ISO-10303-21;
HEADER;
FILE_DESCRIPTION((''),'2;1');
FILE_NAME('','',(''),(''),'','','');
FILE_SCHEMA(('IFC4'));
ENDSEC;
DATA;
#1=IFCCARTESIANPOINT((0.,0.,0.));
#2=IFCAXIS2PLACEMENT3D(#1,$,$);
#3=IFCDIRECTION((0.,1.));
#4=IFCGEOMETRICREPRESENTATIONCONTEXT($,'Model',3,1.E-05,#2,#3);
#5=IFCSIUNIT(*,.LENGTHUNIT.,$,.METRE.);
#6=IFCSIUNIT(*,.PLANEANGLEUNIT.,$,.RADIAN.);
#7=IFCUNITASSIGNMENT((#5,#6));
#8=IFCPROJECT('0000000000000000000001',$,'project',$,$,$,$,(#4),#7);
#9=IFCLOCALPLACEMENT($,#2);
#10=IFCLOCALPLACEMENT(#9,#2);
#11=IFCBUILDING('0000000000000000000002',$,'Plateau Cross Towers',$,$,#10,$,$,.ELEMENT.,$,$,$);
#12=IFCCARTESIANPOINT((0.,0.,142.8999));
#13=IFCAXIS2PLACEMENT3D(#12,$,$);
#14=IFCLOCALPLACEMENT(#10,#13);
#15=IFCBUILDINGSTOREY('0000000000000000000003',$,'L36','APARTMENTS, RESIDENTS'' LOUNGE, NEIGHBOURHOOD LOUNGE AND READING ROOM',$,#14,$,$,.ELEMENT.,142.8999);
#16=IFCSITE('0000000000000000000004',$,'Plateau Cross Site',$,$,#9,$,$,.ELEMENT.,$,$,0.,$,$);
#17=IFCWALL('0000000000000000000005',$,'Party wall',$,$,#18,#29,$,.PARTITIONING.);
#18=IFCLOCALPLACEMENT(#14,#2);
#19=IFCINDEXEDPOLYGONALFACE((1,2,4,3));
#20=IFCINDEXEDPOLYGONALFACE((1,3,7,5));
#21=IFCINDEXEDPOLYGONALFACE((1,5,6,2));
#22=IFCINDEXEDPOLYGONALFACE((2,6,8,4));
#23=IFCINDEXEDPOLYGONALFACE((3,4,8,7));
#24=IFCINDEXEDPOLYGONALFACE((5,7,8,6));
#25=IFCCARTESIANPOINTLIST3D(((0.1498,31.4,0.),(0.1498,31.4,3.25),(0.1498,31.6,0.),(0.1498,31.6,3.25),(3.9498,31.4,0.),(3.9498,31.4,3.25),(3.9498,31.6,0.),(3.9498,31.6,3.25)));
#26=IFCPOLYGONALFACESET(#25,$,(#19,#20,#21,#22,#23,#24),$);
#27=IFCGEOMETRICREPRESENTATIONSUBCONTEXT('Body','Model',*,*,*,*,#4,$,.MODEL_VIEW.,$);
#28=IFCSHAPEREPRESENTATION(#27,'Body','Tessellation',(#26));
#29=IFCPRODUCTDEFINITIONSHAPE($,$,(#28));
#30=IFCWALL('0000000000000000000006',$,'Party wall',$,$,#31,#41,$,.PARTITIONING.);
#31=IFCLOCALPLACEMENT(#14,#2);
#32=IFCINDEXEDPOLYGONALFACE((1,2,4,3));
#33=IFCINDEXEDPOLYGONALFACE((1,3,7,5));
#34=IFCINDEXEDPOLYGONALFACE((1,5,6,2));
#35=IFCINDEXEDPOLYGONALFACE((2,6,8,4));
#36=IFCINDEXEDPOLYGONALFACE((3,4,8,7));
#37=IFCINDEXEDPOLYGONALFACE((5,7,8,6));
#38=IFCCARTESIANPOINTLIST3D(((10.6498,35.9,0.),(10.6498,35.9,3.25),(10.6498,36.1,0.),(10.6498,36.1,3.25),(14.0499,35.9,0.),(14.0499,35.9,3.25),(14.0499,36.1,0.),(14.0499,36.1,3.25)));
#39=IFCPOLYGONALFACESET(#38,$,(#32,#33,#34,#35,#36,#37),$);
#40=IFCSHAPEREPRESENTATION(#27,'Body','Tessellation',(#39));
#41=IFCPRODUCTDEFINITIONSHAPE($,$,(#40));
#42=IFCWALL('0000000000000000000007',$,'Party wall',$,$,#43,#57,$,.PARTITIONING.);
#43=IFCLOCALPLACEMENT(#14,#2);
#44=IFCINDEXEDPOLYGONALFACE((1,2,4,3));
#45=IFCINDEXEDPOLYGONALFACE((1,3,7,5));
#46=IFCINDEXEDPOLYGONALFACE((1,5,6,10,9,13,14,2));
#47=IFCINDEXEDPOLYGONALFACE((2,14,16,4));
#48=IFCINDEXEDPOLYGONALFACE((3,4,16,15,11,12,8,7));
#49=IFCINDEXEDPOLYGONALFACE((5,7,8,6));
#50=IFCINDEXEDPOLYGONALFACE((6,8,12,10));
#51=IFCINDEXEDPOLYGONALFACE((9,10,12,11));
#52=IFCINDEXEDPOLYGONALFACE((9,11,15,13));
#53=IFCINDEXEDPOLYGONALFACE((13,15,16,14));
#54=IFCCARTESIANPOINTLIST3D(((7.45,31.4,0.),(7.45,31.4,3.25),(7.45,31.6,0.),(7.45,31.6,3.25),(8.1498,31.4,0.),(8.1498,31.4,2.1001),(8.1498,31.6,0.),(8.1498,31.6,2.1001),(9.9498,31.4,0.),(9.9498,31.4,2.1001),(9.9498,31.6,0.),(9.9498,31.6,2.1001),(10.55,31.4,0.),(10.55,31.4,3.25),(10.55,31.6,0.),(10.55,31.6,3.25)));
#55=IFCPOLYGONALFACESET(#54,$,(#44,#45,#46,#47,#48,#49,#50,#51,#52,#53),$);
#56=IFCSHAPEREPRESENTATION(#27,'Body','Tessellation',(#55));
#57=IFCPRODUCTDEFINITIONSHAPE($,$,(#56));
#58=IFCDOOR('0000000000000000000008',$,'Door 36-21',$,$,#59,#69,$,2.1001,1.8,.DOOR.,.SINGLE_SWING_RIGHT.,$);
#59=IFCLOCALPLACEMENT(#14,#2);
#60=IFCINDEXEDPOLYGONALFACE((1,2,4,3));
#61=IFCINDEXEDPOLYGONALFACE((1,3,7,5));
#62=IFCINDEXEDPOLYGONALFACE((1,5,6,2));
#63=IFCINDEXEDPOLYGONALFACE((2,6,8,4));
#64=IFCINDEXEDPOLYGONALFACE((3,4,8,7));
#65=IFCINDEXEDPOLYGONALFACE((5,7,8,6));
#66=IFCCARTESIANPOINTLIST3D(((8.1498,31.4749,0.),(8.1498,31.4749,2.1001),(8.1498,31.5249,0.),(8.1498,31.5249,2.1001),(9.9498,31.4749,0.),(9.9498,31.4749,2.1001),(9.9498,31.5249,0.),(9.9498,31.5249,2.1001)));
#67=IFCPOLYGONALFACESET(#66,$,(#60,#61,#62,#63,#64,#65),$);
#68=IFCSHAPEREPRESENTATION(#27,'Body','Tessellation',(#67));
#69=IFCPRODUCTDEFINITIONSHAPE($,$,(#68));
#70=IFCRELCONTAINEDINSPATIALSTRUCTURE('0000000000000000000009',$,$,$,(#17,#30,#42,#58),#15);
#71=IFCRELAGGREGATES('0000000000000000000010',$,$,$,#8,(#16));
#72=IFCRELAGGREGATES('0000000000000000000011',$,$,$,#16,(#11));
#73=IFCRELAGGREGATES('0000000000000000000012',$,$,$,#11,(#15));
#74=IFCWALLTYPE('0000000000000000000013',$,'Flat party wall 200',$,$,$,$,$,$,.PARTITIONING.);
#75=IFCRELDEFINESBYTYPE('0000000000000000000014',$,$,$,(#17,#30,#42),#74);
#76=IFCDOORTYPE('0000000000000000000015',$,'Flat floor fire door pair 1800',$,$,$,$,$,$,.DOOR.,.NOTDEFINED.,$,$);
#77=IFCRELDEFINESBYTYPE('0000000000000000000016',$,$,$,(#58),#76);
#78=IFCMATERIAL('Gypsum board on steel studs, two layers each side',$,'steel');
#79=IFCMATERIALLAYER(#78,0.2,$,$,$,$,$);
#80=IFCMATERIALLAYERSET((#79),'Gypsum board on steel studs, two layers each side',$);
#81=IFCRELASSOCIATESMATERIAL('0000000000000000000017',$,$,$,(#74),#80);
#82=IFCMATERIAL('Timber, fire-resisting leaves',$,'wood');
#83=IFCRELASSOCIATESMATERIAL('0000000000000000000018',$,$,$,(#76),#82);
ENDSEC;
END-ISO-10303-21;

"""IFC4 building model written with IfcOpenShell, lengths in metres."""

from ifc_helpers import new_model, si_unit, direction, frame, frame_2d, origin, place, context, subcontext, project, spatial, rectangle, extrude, material, layer, layer_set, type_object, element, fill, save


model = new_model("IFC4")

# Units and contexts
model_context = context("Model", 3, precision=1e-05, world=origin(), true_north=direction((0.0, 1.0)))
body_context = subcontext(model_context, "Body", "Model", "MODEL_VIEW")
ifc_project = project(units=[si_unit("LENGTHUNIT", "METRE"), si_unit("PLANEANGLEUNIT", "RADIAN")], contexts=[model_context])

# Site, building, storey
site_placement = place(None, origin())
site = spatial("IfcSite", under=ifc_project, at=site_placement, Name="Plateau Cross Site", CompositionType="ELEMENT", RefElevation=0.0)
building_placement = place(site_placement, origin())
building = spatial("IfcBuilding", under=site, at=building_placement, Name="Plateau Cross Towers", CompositionType="ELEMENT")
storey_placement = place(building_placement, frame((0.0, 0.0, 142.8999)))
storey = spatial("IfcBuildingStorey", under=building, at=storey_placement, Name="L36", Description="APARTMENTS, RESIDENTS' LOUNGE, NEIGHBOURHOOD LOUNGE AND READING ROOM", CompositionType="ELEMENT", Elevation=142.8999)

# Walls
ifc_material_1 = material(Name="Gypsum board on steel studs, two layers each side", Category="steel")
ifc_layer_1 = layer(ifc_material_1, 0.2)
ifc_layer_set_1 = layer_set([ifc_layer_1], Name="Gypsum board on steel studs, two layers each side")
wall_type_1 = type_object("IfcWallType", Name="Flat party wall 200", PredefinedType="PARTITIONING", material=ifc_layer_set_1)
wall_1_placement = place(storey_placement, frame((0.1499, 31.5, 0.0), z_axis=(0.0, 0.0, 1.0), x_axis=(1.0, 0.0, 0.0)))
element("IfcWall", 1, at=wall_1_placement, inside=storey, type_object=wall_type_1, Name="Party wall", PredefinedType="PARTITIONING", context=body_context, shape_type="SweptSolid", body=[
    extrude(rectangle(XDim=3.8, YDim=0.2, at=frame_2d((1.8999, 0.0))), origin(), (0.0, 0.0, 1.0), 3.25),
])
wall_2_placement = place(storey_placement, frame((14.05, 36.0, 0.0), z_axis=(0.0, 0.0, 1.0), x_axis=(-1.0, 0.0, 0.0)))
element("IfcWall", 2, at=wall_2_placement, inside=storey, type_object=wall_type_1, Name="Party wall", PredefinedType="PARTITIONING", context=body_context, shape_type="SweptSolid", body=[
    extrude(rectangle(XDim=3.4001, YDim=0.2, at=frame_2d((1.7002, 0.0))), origin(), (0.0, 0.0, 1.0), 3.25),
])

# Wall, opening, door
wall_3_placement = place(storey_placement, frame((7.45, 31.5, 0.0), z_axis=(0.0, 0.0, 1.0), x_axis=(1.0, 0.0, 0.0)))
wall_3 = element("IfcWall", 3, at=wall_3_placement, inside=storey, type_object=wall_type_1, Name="Party wall", PredefinedType="PARTITIONING", context=body_context, shape_type="SweptSolid", body=[
    extrude(rectangle(XDim=3.1001, YDim=0.2, at=frame_2d((1.55, 0.0))), origin(), (0.0, 0.0, 1.0), 3.25),
])
opening_1_placement = place(wall_3_placement, frame((0.7, 0.0, 0.0)))
opening_1 = element("IfcOpeningElement", 4, at=opening_1_placement, cuts=wall_3, PredefinedType="OPENING", context=body_context, shape_type="SweptSolid", body=[
    extrude(rectangle(XDim=1.8, YDim=2.1001, at=frame_2d((0.8999, 1.05))), frame((0.0, 0.1099, 0.0), z_axis=(0.0, -1.0, 0.0), x_axis=(1.0, 0.0, 0.0)), (0.0, 0.0, 1.0), 0.22),
])
ifc_material_2 = material(Name="Timber, fire-resisting leaves", Category="wood")
door_type_1 = type_object("IfcDoorType", Name="Flat floor fire door pair 1800", OperationType="NOTDEFINED", PredefinedType="DOOR", material=ifc_material_2)
door_1_placement = place(opening_1_placement, origin())
door_1 = element("IfcDoor", 5, at=door_1_placement, inside=storey, type_object=door_type_1, Name="Door 36-21", OperationType="SINGLE_SWING_RIGHT", OverallHeight=2.1001, OverallWidth=1.8, PredefinedType="DOOR", context=body_context, shape_type="SweptSolid", body=[
    extrude(rectangle(XDim=1.8, YDim=2.1001, at=frame_2d((0.8999, 1.05))), frame((0.0, 0.0249, 0.0), z_axis=(0.0, -1.0, 0.0), x_axis=(1.0, 0.0, 0.0)), (0.0, 0.0, 1.0), 0.05),
])
fill(opening_1, door_1)

save(model, "model.ifc")
